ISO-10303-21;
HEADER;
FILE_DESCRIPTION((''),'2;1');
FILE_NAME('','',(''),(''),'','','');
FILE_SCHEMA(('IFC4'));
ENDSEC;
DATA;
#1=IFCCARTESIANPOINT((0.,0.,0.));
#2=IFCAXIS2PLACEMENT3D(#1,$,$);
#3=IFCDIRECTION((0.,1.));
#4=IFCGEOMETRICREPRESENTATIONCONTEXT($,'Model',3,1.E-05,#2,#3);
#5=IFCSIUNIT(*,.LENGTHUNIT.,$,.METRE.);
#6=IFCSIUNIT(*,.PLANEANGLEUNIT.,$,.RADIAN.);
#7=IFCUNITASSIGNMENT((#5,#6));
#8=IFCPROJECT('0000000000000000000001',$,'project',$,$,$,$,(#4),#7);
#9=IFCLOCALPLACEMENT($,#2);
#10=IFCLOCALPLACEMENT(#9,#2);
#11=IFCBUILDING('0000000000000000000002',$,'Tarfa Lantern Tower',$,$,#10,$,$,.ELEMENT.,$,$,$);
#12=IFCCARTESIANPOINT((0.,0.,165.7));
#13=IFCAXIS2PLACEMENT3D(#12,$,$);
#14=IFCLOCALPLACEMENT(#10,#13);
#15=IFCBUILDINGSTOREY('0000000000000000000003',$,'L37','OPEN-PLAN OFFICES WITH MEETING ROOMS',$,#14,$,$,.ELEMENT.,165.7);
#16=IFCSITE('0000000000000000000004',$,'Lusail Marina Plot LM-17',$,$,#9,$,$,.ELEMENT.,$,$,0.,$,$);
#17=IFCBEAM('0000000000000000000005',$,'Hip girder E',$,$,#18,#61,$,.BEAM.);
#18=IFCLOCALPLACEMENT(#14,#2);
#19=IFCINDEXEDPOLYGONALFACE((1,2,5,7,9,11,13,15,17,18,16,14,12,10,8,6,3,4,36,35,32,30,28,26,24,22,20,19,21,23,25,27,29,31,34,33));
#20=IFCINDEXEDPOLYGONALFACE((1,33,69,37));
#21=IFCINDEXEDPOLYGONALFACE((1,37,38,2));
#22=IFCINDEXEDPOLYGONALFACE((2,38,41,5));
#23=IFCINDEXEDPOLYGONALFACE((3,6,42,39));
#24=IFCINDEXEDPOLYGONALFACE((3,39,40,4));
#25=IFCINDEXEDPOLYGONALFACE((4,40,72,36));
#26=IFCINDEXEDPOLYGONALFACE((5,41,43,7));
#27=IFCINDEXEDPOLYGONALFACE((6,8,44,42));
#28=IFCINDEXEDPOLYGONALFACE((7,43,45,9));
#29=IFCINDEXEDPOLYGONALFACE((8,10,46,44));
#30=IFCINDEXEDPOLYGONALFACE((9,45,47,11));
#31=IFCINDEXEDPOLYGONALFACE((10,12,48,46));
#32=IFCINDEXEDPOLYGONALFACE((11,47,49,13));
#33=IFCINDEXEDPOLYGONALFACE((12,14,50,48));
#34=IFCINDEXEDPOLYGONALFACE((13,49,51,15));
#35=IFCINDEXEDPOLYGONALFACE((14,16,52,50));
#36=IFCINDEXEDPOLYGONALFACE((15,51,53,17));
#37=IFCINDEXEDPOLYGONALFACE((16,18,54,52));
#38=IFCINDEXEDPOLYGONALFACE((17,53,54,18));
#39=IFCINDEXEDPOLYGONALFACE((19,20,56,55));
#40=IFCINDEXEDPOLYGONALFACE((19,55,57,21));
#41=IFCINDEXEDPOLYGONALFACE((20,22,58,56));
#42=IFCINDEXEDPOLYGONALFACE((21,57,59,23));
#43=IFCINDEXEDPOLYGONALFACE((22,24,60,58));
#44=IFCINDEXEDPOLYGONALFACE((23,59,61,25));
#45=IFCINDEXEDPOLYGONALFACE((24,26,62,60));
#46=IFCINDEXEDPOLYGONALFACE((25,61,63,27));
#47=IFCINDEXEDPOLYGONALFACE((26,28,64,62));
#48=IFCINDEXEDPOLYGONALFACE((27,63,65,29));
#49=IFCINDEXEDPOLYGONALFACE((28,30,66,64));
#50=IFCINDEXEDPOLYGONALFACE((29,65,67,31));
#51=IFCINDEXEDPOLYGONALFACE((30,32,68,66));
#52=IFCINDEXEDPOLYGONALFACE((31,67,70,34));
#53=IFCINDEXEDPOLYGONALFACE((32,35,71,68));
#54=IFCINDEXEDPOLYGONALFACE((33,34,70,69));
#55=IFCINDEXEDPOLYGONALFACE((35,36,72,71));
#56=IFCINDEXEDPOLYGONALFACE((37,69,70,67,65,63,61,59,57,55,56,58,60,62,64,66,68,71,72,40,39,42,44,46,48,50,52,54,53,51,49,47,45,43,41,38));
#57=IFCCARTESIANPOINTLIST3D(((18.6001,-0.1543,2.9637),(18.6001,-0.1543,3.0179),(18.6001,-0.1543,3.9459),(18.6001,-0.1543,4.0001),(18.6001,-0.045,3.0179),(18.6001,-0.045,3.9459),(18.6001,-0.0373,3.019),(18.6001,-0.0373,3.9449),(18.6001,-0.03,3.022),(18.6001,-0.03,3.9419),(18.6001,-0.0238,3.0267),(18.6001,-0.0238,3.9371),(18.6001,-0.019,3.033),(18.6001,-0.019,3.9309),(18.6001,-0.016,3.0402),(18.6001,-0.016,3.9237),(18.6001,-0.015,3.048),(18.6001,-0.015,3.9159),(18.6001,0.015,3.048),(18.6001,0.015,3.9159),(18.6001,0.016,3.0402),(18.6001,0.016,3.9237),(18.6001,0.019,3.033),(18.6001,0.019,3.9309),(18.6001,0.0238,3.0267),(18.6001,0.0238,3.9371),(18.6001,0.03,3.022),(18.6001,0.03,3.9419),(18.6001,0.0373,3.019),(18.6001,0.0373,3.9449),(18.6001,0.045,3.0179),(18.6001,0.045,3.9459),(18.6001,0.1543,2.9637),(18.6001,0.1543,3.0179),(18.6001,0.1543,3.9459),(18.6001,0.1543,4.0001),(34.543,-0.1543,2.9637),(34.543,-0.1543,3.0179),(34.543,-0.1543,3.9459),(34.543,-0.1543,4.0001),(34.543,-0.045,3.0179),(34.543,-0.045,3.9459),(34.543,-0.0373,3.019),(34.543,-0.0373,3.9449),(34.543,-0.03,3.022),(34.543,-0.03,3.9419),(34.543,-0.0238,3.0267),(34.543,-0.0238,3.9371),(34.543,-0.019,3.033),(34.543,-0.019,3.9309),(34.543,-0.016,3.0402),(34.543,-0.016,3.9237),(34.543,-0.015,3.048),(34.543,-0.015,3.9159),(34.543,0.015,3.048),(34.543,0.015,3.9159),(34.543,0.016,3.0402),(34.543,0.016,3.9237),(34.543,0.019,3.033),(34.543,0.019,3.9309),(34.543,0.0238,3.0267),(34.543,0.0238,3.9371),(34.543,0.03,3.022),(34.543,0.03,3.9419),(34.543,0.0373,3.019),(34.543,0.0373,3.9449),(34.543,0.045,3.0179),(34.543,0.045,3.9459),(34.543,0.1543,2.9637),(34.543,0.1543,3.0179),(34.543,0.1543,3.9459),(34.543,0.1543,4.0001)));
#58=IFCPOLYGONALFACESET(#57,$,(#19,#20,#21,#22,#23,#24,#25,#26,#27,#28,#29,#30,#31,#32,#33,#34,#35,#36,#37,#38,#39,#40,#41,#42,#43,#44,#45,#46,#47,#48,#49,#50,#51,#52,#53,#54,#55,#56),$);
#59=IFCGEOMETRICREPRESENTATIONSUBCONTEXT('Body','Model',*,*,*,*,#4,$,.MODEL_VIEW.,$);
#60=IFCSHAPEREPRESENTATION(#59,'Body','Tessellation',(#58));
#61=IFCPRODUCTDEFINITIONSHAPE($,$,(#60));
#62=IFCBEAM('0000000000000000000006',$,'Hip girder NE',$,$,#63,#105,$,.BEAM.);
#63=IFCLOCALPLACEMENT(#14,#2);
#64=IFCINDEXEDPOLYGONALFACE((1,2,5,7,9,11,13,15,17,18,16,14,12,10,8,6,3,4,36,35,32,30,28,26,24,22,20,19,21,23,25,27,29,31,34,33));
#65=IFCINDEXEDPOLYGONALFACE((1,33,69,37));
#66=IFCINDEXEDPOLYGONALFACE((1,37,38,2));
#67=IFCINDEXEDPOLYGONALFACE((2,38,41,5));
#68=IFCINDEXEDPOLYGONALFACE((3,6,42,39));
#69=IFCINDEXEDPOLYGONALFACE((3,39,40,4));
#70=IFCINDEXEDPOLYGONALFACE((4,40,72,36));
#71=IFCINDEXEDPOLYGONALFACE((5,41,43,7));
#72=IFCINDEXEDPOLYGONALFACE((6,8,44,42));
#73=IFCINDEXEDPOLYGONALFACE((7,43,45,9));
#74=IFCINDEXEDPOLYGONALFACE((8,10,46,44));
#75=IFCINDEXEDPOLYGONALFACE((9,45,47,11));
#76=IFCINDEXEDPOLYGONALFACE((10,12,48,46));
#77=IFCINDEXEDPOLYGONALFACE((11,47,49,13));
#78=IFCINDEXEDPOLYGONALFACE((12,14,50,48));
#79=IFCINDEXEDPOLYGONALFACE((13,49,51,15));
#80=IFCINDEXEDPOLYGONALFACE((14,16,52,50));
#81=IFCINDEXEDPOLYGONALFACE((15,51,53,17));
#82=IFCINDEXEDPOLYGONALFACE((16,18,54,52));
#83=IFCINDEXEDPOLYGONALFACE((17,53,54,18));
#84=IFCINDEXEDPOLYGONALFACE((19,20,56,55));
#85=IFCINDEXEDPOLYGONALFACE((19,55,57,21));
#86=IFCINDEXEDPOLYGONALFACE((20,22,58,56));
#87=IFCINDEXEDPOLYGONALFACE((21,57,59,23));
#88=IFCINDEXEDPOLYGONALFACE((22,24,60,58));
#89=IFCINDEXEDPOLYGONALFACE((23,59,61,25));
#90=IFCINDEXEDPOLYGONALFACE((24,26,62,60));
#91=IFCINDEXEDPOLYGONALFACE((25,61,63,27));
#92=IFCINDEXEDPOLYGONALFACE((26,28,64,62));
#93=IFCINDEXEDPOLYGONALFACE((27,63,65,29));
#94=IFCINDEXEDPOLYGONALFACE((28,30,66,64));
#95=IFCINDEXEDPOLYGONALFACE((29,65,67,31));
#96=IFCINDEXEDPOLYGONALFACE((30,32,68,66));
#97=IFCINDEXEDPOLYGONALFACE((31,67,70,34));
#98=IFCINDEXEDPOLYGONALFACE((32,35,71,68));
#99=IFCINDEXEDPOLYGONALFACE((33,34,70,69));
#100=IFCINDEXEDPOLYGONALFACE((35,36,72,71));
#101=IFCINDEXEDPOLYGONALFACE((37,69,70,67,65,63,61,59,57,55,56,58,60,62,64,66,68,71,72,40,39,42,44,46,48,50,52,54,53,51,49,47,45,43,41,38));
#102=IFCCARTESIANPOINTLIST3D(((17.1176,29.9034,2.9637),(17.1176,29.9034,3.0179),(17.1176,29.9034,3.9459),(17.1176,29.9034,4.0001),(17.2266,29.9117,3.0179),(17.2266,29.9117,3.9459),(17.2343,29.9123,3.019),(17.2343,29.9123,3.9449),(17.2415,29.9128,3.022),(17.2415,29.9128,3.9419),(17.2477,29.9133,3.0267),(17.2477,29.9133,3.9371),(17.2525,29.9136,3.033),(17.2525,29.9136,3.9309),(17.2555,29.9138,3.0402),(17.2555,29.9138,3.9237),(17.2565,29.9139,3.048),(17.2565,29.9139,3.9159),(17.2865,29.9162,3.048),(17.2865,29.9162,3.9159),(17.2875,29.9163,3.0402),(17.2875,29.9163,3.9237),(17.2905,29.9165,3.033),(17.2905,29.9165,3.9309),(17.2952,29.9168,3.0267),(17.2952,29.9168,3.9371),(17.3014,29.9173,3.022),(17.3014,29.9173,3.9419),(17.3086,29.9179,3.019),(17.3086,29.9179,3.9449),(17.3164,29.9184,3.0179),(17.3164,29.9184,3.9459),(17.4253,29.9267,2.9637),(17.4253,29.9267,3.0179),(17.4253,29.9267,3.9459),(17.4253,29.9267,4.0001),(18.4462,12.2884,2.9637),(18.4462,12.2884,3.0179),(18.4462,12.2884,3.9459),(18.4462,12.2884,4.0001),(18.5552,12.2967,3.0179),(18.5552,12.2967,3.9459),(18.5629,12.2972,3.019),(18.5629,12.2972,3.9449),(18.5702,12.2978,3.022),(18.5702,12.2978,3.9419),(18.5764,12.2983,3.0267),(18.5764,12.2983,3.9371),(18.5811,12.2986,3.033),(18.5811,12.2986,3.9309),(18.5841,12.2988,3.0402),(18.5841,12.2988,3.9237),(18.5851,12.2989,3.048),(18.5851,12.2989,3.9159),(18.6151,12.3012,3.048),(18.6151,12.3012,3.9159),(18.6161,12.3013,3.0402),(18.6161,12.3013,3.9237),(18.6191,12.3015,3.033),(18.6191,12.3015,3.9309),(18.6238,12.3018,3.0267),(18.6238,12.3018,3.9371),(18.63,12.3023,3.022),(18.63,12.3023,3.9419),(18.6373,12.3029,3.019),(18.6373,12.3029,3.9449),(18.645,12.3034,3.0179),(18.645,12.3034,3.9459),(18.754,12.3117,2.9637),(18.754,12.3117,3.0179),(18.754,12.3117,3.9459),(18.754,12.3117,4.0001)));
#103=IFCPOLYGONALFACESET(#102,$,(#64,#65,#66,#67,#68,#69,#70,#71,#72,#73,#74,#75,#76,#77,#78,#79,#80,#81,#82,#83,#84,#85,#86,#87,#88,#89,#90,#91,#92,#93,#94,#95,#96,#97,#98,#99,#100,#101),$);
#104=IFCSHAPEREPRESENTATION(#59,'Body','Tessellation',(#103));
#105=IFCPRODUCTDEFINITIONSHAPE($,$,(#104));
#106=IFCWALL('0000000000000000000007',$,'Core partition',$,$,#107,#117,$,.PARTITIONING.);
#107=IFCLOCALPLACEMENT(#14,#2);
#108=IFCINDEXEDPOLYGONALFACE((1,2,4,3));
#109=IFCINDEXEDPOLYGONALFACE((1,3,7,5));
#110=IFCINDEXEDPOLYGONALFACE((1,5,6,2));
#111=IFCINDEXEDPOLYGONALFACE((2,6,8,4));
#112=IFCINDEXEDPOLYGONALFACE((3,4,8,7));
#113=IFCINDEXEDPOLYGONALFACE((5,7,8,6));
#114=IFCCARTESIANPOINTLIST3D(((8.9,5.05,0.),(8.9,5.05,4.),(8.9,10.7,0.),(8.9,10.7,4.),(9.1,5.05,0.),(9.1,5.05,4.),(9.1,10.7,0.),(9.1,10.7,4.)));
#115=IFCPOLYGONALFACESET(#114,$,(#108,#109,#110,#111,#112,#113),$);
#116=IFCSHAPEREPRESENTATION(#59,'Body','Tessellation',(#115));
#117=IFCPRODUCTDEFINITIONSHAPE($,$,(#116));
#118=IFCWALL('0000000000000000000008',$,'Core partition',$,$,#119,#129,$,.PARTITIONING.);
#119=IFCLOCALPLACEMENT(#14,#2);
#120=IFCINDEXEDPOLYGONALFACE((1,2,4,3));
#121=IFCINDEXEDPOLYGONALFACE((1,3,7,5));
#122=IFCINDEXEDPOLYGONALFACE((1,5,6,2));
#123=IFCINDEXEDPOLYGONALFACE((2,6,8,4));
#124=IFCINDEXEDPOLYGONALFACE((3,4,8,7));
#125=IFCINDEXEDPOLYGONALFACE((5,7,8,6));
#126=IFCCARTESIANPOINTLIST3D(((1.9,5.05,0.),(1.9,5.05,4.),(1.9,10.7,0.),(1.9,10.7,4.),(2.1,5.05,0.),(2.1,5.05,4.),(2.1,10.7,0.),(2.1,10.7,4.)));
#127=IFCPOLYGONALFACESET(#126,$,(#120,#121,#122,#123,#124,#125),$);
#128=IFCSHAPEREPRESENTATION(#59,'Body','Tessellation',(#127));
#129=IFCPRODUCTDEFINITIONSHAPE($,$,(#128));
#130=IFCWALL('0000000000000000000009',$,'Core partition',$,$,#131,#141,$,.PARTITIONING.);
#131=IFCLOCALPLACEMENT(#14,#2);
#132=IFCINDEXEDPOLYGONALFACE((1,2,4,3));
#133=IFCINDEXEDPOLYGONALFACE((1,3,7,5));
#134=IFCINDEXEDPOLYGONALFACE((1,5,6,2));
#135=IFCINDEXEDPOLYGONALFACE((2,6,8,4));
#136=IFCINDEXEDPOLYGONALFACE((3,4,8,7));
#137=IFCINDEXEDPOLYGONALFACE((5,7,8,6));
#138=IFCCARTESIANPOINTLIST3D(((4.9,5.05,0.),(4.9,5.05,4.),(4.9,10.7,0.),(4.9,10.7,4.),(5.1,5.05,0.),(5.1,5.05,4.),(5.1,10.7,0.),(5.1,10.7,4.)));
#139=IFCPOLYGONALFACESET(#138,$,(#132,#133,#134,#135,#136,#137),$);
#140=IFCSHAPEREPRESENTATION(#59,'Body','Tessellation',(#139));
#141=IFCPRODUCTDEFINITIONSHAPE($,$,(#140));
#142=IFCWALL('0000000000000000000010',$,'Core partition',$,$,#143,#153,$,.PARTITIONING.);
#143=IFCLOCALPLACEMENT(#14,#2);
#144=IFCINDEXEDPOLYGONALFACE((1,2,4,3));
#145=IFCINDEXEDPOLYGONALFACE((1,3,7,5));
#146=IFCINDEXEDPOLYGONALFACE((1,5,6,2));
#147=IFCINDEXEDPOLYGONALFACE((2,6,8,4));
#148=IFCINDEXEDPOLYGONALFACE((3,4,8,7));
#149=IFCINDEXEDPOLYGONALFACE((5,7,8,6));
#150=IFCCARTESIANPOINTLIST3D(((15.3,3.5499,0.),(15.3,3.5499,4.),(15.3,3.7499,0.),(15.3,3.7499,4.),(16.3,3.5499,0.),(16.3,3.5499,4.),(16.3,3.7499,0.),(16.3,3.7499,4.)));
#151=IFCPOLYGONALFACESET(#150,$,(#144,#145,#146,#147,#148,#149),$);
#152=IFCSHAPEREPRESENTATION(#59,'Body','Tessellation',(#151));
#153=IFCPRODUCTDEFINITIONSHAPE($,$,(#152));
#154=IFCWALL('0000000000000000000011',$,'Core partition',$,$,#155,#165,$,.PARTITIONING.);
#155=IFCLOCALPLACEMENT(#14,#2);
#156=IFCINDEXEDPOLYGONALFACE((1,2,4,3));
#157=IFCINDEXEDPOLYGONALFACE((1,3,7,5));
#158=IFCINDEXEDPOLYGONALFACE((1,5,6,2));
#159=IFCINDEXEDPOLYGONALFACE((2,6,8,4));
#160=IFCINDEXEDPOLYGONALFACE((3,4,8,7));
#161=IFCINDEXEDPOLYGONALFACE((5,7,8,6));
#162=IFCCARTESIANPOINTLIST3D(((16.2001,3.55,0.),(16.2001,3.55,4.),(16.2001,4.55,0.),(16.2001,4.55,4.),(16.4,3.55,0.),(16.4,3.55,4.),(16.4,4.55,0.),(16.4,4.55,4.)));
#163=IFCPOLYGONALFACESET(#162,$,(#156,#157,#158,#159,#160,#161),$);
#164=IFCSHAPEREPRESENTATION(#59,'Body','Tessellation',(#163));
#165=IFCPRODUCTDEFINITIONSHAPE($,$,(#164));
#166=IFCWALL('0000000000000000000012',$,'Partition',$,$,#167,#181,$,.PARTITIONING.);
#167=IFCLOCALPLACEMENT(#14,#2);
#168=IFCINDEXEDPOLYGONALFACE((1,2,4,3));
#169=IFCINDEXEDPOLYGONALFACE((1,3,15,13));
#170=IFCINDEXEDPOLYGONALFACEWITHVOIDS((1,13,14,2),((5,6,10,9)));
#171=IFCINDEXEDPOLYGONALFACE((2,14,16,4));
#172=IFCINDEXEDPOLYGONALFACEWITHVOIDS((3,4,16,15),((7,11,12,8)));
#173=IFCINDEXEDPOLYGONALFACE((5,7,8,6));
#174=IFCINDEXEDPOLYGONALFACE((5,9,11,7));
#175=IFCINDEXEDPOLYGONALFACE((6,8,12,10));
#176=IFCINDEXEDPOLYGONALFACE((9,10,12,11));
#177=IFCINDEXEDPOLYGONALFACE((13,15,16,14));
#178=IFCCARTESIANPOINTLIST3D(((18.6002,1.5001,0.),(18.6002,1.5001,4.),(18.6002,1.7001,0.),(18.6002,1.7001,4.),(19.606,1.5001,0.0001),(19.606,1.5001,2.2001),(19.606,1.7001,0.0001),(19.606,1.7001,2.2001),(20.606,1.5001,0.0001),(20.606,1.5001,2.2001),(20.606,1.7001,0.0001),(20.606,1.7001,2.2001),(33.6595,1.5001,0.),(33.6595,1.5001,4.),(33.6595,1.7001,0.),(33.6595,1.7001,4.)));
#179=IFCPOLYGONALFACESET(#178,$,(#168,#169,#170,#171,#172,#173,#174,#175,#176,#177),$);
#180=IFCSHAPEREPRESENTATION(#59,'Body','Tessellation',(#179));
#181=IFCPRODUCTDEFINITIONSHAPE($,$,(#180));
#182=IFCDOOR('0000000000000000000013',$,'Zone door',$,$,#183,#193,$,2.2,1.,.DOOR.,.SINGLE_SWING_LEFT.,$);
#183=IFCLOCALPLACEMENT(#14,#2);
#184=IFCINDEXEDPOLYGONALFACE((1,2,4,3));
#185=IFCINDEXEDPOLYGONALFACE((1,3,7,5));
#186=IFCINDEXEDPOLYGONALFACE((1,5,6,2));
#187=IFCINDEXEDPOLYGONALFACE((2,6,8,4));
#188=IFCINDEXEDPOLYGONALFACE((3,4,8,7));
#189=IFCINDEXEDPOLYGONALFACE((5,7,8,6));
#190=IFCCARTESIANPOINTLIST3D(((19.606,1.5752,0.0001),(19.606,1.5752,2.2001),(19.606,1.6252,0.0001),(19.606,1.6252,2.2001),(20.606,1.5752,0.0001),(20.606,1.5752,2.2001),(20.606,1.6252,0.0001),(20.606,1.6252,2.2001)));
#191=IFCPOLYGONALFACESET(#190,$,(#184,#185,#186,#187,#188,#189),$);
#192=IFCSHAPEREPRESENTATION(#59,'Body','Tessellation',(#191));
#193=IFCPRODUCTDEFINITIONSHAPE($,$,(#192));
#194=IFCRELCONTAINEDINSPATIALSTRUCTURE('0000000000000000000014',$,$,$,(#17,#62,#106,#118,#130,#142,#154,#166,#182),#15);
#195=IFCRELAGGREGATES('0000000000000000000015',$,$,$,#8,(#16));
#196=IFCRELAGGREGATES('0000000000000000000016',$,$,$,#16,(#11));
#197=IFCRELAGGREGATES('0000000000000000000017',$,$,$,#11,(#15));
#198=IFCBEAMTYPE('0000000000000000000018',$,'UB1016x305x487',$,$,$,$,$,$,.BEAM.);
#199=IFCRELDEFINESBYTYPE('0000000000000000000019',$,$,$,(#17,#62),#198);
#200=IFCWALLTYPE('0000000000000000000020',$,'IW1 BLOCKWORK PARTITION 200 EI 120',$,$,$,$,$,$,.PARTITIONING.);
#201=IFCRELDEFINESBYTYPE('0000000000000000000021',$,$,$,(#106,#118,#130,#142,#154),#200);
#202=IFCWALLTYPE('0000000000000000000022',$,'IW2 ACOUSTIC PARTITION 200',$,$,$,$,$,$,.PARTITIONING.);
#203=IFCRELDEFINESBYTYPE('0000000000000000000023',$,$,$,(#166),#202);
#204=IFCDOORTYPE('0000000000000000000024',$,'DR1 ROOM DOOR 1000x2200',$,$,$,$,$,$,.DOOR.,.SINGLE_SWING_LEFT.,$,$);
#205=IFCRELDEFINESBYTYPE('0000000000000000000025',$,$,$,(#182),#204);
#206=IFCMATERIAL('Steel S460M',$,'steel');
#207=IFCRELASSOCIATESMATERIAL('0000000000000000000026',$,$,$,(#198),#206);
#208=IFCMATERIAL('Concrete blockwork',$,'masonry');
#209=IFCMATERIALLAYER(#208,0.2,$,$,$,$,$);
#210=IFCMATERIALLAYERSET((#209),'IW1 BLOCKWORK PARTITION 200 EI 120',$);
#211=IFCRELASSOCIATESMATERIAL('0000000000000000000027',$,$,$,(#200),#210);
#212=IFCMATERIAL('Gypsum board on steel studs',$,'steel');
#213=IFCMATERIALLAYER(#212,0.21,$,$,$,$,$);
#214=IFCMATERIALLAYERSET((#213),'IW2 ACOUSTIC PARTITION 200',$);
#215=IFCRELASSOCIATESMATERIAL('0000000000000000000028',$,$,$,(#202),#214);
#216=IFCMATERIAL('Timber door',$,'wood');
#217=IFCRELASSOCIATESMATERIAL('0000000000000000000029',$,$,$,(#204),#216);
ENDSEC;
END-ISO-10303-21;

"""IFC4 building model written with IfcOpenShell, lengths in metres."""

from ifc_helpers import new_model, si_unit, direction, frame, frame_2d, origin, origin_2d, place, context, subcontext, project, spatial, rectangle, i_section, extrude, material, layer, layer_set, material_profile, profile_set, type_object, element, fill, save


model = new_model("IFC4")

# Units and contexts
model_context = context("Model", 3, precision=1e-05, world=origin(), true_north=direction((0.0, 1.0)))
body_context = subcontext(model_context, "Body", "Model", "MODEL_VIEW")
ifc_project = project(units=[si_unit("LENGTHUNIT", "METRE"), si_unit("PLANEANGLEUNIT", "RADIAN")], contexts=[model_context])

# Site, building, storey
site_placement = place(None, origin())
site = spatial("IfcSite", under=ifc_project, at=site_placement, Name="Lusail Marina Plot LM-17", CompositionType="ELEMENT", RefElevation=0.0)
building_placement = place(site_placement, origin())
building = spatial("IfcBuilding", under=site, at=building_placement, Name="Tarfa Lantern Tower", CompositionType="ELEMENT")
storey_placement = place(building_placement, frame((0.0, 0.0, 165.7)))
storey = spatial("IfcBuildingStorey", under=building, at=storey_placement, Name="L37", Description="OPEN-PLAN OFFICES WITH MEETING ROOMS", CompositionType="ELEMENT", Elevation=165.7)

# Beams
ifc_material_1 = material(Name="Steel S460M", Category="steel")
ifc_material_profile = material_profile(ifc_material_1, i_section(OverallWidth=0.3086, OverallDepth=1.0364, WebThickness=0.03, FlangeThickness=0.0542, FilletRadius=0.03, at=origin_2d()), Name="UB1016x305x487")
ifc_profile_set = profile_set([ifc_material_profile], Name="Steel S460M")
beam_type = type_object("IfcBeamType", Name="UB1016x305x487", PredefinedType="BEAM", material=ifc_profile_set)
beam_1_placement = place(storey_placement, frame((18.6001, 0.0, 3.4819), z_axis=(1.0, 0.0, 0.0), x_axis=(0.0, 1.0, 0.0)))
element("IfcBeam", 1, at=beam_1_placement, inside=storey, type_object=beam_type, Name="Hip girder E", PredefinedType="BEAM", context=body_context, shape_type="SweptSolid", body=[
    extrude(i_section(OverallWidth=0.3086, OverallDepth=1.0364, WebThickness=0.03, FlangeThickness=0.0542, FilletRadius=0.03, at=origin_2d()), origin(), (0.0, 0.0, 1.0), 15.9429),
])
beam_2_placement = place(storey_placement, frame((18.6001, 12.3, 3.4819), z_axis=(-0.075212, 0.997168, 0.0), x_axis=(-0.997168, -0.075212, 0.0)))
element("IfcBeam", 2, at=beam_2_placement, inside=storey, type_object=beam_type, Name="Hip girder NE", PredefinedType="BEAM", context=body_context, shape_type="SweptSolid", body=[
    extrude(i_section(OverallWidth=0.3086, OverallDepth=1.0364, WebThickness=0.03, FlangeThickness=0.0542, FilletRadius=0.03, at=origin_2d()), origin(), (0.0, 0.0, 1.0), 17.665),
])

# Walls
ifc_material_2 = material(Name="Concrete blockwork", Category="masonry")
ifc_layer_1 = layer(ifc_material_2, 0.2)
ifc_layer_set_1 = layer_set([ifc_layer_1], Name="IW1 BLOCKWORK PARTITION 200 EI 120")
wall_type_1 = type_object("IfcWallType", Name="IW1 BLOCKWORK PARTITION 200 EI 120", PredefinedType="PARTITIONING", material=ifc_layer_set_1)
for number, where, z_axis, x_axis, name in (
    (3, (9.0, 5.05, 0.0), (0.0, 0.0, 1.0), (0.0, 1.0, 0.0), "Core partition"),
    (4, (2.0, 5.05, 0.0), (0.0, 0.0, 1.0), (0.0, 1.0, 0.0), "Core partition"),
    (5, (5.0, 5.05, 0.0), (0.0, 0.0, 1.0), (0.0, 1.0, 0.0), "Core partition"),
):
    element("IfcWall", number, at=place(storey_placement, frame(where, z_axis=z_axis, x_axis=x_axis)), inside=storey, type_object=wall_type_1, Name=name, PredefinedType="PARTITIONING", context=body_context, shape_type="SweptSolid", body=[
        extrude(rectangle(XDim=5.6499, YDim=0.2, at=frame_2d((2.825, 0.0))), origin(), (0.0, 0.0, 1.0), 4.0),
    ])
for number, where, z_axis, x_axis, name in (
    (6, (15.3, 3.6499, 0.0), (0.0, 0.0, 1.0), (1.0, 0.0, 0.0), "Core partition"),
    (7, (16.3, 3.55, 0.0), (0.0, 0.0, 1.0), (0.0, 1.0, 0.0), "Core partition"),
):
    element("IfcWall", number, at=place(storey_placement, frame(where, z_axis=z_axis, x_axis=x_axis)), inside=storey, type_object=wall_type_1, Name=name, PredefinedType="PARTITIONING", context=body_context, shape_type="SweptSolid", body=[
        extrude(rectangle(XDim=1.0, YDim=0.2, at=frame_2d((0.5, 0.0))), origin(), (0.0, 0.0, 1.0), 4.0),
    ])

# Wall, opening, door
ifc_material_3 = material(Name="Gypsum board on steel studs", Category="steel")
ifc_layer_2 = layer(ifc_material_3, 0.21)
ifc_layer_set_2 = layer_set([ifc_layer_2], Name="IW2 ACOUSTIC PARTITION 200")
wall_type_2 = type_object("IfcWallType", Name="IW2 ACOUSTIC PARTITION 200", PredefinedType="PARTITIONING", material=ifc_layer_set_2)
wall_1_placement = place(storey_placement, frame((18.6001, 1.6001, 0.0), z_axis=(0.0, 0.0, 1.0), x_axis=(1.0, 0.0, 0.0)))
wall_1 = element("IfcWall", 8, at=wall_1_placement, inside=storey, type_object=wall_type_2, Name="Partition", PredefinedType="PARTITIONING", context=body_context, shape_type="SweptSolid", body=[
    extrude(rectangle(XDim=15.0593, YDim=0.2, at=frame_2d((7.5298, 0.0))), origin(), (0.0, 0.0, 1.0), 4.0),
])
opening_1_placement = place(wall_1_placement, frame((1.0059, 0.0, 0.0)))
opening_1 = element("IfcOpeningElement", 9, at=opening_1_placement, cuts=wall_1, PredefinedType="OPENING", context=body_context, shape_type="SweptSolid", body=[
    extrude(rectangle(XDim=1.0, YDim=2.2, at=frame_2d((0.5, 1.1001))), frame((0.0, 0.1099, 0.0), z_axis=(0.0, -1.0, 0.0), x_axis=(1.0, 0.0, 0.0)), (0.0, 0.0, 1.0), 0.22),
])
ifc_material_4 = material(Name="Timber door", Category="wood")
door_type_1 = type_object("IfcDoorType", Name="DR1 ROOM DOOR 1000x2200", OperationType="SINGLE_SWING_LEFT", PredefinedType="DOOR", material=ifc_material_4)
door_1_placement = place(opening_1_placement, frame((1.0, 0.0, 0.0), z_axis=(0.0, 0.0, 1.0), x_axis=(-1.0, 0.0, 0.0)))
door_1 = element("IfcDoor", 10, at=door_1_placement, inside=storey, type_object=door_type_1, Name="Zone door", OperationType="SINGLE_SWING_LEFT", OverallHeight=2.2, OverallWidth=1.0, PredefinedType="DOOR", context=body_context, shape_type="SweptSolid", body=[
    extrude(rectangle(XDim=1.0, YDim=2.2, at=frame_2d((0.5, 1.1001))), frame((0.0, 0.0249, 0.0), z_axis=(0.0, -1.0, 0.0), x_axis=(1.0, 0.0, 0.0)), (0.0, 0.0, 1.0), 0.05),
])
fill(opening_1, door_1)

save(model, "model.ifc")
